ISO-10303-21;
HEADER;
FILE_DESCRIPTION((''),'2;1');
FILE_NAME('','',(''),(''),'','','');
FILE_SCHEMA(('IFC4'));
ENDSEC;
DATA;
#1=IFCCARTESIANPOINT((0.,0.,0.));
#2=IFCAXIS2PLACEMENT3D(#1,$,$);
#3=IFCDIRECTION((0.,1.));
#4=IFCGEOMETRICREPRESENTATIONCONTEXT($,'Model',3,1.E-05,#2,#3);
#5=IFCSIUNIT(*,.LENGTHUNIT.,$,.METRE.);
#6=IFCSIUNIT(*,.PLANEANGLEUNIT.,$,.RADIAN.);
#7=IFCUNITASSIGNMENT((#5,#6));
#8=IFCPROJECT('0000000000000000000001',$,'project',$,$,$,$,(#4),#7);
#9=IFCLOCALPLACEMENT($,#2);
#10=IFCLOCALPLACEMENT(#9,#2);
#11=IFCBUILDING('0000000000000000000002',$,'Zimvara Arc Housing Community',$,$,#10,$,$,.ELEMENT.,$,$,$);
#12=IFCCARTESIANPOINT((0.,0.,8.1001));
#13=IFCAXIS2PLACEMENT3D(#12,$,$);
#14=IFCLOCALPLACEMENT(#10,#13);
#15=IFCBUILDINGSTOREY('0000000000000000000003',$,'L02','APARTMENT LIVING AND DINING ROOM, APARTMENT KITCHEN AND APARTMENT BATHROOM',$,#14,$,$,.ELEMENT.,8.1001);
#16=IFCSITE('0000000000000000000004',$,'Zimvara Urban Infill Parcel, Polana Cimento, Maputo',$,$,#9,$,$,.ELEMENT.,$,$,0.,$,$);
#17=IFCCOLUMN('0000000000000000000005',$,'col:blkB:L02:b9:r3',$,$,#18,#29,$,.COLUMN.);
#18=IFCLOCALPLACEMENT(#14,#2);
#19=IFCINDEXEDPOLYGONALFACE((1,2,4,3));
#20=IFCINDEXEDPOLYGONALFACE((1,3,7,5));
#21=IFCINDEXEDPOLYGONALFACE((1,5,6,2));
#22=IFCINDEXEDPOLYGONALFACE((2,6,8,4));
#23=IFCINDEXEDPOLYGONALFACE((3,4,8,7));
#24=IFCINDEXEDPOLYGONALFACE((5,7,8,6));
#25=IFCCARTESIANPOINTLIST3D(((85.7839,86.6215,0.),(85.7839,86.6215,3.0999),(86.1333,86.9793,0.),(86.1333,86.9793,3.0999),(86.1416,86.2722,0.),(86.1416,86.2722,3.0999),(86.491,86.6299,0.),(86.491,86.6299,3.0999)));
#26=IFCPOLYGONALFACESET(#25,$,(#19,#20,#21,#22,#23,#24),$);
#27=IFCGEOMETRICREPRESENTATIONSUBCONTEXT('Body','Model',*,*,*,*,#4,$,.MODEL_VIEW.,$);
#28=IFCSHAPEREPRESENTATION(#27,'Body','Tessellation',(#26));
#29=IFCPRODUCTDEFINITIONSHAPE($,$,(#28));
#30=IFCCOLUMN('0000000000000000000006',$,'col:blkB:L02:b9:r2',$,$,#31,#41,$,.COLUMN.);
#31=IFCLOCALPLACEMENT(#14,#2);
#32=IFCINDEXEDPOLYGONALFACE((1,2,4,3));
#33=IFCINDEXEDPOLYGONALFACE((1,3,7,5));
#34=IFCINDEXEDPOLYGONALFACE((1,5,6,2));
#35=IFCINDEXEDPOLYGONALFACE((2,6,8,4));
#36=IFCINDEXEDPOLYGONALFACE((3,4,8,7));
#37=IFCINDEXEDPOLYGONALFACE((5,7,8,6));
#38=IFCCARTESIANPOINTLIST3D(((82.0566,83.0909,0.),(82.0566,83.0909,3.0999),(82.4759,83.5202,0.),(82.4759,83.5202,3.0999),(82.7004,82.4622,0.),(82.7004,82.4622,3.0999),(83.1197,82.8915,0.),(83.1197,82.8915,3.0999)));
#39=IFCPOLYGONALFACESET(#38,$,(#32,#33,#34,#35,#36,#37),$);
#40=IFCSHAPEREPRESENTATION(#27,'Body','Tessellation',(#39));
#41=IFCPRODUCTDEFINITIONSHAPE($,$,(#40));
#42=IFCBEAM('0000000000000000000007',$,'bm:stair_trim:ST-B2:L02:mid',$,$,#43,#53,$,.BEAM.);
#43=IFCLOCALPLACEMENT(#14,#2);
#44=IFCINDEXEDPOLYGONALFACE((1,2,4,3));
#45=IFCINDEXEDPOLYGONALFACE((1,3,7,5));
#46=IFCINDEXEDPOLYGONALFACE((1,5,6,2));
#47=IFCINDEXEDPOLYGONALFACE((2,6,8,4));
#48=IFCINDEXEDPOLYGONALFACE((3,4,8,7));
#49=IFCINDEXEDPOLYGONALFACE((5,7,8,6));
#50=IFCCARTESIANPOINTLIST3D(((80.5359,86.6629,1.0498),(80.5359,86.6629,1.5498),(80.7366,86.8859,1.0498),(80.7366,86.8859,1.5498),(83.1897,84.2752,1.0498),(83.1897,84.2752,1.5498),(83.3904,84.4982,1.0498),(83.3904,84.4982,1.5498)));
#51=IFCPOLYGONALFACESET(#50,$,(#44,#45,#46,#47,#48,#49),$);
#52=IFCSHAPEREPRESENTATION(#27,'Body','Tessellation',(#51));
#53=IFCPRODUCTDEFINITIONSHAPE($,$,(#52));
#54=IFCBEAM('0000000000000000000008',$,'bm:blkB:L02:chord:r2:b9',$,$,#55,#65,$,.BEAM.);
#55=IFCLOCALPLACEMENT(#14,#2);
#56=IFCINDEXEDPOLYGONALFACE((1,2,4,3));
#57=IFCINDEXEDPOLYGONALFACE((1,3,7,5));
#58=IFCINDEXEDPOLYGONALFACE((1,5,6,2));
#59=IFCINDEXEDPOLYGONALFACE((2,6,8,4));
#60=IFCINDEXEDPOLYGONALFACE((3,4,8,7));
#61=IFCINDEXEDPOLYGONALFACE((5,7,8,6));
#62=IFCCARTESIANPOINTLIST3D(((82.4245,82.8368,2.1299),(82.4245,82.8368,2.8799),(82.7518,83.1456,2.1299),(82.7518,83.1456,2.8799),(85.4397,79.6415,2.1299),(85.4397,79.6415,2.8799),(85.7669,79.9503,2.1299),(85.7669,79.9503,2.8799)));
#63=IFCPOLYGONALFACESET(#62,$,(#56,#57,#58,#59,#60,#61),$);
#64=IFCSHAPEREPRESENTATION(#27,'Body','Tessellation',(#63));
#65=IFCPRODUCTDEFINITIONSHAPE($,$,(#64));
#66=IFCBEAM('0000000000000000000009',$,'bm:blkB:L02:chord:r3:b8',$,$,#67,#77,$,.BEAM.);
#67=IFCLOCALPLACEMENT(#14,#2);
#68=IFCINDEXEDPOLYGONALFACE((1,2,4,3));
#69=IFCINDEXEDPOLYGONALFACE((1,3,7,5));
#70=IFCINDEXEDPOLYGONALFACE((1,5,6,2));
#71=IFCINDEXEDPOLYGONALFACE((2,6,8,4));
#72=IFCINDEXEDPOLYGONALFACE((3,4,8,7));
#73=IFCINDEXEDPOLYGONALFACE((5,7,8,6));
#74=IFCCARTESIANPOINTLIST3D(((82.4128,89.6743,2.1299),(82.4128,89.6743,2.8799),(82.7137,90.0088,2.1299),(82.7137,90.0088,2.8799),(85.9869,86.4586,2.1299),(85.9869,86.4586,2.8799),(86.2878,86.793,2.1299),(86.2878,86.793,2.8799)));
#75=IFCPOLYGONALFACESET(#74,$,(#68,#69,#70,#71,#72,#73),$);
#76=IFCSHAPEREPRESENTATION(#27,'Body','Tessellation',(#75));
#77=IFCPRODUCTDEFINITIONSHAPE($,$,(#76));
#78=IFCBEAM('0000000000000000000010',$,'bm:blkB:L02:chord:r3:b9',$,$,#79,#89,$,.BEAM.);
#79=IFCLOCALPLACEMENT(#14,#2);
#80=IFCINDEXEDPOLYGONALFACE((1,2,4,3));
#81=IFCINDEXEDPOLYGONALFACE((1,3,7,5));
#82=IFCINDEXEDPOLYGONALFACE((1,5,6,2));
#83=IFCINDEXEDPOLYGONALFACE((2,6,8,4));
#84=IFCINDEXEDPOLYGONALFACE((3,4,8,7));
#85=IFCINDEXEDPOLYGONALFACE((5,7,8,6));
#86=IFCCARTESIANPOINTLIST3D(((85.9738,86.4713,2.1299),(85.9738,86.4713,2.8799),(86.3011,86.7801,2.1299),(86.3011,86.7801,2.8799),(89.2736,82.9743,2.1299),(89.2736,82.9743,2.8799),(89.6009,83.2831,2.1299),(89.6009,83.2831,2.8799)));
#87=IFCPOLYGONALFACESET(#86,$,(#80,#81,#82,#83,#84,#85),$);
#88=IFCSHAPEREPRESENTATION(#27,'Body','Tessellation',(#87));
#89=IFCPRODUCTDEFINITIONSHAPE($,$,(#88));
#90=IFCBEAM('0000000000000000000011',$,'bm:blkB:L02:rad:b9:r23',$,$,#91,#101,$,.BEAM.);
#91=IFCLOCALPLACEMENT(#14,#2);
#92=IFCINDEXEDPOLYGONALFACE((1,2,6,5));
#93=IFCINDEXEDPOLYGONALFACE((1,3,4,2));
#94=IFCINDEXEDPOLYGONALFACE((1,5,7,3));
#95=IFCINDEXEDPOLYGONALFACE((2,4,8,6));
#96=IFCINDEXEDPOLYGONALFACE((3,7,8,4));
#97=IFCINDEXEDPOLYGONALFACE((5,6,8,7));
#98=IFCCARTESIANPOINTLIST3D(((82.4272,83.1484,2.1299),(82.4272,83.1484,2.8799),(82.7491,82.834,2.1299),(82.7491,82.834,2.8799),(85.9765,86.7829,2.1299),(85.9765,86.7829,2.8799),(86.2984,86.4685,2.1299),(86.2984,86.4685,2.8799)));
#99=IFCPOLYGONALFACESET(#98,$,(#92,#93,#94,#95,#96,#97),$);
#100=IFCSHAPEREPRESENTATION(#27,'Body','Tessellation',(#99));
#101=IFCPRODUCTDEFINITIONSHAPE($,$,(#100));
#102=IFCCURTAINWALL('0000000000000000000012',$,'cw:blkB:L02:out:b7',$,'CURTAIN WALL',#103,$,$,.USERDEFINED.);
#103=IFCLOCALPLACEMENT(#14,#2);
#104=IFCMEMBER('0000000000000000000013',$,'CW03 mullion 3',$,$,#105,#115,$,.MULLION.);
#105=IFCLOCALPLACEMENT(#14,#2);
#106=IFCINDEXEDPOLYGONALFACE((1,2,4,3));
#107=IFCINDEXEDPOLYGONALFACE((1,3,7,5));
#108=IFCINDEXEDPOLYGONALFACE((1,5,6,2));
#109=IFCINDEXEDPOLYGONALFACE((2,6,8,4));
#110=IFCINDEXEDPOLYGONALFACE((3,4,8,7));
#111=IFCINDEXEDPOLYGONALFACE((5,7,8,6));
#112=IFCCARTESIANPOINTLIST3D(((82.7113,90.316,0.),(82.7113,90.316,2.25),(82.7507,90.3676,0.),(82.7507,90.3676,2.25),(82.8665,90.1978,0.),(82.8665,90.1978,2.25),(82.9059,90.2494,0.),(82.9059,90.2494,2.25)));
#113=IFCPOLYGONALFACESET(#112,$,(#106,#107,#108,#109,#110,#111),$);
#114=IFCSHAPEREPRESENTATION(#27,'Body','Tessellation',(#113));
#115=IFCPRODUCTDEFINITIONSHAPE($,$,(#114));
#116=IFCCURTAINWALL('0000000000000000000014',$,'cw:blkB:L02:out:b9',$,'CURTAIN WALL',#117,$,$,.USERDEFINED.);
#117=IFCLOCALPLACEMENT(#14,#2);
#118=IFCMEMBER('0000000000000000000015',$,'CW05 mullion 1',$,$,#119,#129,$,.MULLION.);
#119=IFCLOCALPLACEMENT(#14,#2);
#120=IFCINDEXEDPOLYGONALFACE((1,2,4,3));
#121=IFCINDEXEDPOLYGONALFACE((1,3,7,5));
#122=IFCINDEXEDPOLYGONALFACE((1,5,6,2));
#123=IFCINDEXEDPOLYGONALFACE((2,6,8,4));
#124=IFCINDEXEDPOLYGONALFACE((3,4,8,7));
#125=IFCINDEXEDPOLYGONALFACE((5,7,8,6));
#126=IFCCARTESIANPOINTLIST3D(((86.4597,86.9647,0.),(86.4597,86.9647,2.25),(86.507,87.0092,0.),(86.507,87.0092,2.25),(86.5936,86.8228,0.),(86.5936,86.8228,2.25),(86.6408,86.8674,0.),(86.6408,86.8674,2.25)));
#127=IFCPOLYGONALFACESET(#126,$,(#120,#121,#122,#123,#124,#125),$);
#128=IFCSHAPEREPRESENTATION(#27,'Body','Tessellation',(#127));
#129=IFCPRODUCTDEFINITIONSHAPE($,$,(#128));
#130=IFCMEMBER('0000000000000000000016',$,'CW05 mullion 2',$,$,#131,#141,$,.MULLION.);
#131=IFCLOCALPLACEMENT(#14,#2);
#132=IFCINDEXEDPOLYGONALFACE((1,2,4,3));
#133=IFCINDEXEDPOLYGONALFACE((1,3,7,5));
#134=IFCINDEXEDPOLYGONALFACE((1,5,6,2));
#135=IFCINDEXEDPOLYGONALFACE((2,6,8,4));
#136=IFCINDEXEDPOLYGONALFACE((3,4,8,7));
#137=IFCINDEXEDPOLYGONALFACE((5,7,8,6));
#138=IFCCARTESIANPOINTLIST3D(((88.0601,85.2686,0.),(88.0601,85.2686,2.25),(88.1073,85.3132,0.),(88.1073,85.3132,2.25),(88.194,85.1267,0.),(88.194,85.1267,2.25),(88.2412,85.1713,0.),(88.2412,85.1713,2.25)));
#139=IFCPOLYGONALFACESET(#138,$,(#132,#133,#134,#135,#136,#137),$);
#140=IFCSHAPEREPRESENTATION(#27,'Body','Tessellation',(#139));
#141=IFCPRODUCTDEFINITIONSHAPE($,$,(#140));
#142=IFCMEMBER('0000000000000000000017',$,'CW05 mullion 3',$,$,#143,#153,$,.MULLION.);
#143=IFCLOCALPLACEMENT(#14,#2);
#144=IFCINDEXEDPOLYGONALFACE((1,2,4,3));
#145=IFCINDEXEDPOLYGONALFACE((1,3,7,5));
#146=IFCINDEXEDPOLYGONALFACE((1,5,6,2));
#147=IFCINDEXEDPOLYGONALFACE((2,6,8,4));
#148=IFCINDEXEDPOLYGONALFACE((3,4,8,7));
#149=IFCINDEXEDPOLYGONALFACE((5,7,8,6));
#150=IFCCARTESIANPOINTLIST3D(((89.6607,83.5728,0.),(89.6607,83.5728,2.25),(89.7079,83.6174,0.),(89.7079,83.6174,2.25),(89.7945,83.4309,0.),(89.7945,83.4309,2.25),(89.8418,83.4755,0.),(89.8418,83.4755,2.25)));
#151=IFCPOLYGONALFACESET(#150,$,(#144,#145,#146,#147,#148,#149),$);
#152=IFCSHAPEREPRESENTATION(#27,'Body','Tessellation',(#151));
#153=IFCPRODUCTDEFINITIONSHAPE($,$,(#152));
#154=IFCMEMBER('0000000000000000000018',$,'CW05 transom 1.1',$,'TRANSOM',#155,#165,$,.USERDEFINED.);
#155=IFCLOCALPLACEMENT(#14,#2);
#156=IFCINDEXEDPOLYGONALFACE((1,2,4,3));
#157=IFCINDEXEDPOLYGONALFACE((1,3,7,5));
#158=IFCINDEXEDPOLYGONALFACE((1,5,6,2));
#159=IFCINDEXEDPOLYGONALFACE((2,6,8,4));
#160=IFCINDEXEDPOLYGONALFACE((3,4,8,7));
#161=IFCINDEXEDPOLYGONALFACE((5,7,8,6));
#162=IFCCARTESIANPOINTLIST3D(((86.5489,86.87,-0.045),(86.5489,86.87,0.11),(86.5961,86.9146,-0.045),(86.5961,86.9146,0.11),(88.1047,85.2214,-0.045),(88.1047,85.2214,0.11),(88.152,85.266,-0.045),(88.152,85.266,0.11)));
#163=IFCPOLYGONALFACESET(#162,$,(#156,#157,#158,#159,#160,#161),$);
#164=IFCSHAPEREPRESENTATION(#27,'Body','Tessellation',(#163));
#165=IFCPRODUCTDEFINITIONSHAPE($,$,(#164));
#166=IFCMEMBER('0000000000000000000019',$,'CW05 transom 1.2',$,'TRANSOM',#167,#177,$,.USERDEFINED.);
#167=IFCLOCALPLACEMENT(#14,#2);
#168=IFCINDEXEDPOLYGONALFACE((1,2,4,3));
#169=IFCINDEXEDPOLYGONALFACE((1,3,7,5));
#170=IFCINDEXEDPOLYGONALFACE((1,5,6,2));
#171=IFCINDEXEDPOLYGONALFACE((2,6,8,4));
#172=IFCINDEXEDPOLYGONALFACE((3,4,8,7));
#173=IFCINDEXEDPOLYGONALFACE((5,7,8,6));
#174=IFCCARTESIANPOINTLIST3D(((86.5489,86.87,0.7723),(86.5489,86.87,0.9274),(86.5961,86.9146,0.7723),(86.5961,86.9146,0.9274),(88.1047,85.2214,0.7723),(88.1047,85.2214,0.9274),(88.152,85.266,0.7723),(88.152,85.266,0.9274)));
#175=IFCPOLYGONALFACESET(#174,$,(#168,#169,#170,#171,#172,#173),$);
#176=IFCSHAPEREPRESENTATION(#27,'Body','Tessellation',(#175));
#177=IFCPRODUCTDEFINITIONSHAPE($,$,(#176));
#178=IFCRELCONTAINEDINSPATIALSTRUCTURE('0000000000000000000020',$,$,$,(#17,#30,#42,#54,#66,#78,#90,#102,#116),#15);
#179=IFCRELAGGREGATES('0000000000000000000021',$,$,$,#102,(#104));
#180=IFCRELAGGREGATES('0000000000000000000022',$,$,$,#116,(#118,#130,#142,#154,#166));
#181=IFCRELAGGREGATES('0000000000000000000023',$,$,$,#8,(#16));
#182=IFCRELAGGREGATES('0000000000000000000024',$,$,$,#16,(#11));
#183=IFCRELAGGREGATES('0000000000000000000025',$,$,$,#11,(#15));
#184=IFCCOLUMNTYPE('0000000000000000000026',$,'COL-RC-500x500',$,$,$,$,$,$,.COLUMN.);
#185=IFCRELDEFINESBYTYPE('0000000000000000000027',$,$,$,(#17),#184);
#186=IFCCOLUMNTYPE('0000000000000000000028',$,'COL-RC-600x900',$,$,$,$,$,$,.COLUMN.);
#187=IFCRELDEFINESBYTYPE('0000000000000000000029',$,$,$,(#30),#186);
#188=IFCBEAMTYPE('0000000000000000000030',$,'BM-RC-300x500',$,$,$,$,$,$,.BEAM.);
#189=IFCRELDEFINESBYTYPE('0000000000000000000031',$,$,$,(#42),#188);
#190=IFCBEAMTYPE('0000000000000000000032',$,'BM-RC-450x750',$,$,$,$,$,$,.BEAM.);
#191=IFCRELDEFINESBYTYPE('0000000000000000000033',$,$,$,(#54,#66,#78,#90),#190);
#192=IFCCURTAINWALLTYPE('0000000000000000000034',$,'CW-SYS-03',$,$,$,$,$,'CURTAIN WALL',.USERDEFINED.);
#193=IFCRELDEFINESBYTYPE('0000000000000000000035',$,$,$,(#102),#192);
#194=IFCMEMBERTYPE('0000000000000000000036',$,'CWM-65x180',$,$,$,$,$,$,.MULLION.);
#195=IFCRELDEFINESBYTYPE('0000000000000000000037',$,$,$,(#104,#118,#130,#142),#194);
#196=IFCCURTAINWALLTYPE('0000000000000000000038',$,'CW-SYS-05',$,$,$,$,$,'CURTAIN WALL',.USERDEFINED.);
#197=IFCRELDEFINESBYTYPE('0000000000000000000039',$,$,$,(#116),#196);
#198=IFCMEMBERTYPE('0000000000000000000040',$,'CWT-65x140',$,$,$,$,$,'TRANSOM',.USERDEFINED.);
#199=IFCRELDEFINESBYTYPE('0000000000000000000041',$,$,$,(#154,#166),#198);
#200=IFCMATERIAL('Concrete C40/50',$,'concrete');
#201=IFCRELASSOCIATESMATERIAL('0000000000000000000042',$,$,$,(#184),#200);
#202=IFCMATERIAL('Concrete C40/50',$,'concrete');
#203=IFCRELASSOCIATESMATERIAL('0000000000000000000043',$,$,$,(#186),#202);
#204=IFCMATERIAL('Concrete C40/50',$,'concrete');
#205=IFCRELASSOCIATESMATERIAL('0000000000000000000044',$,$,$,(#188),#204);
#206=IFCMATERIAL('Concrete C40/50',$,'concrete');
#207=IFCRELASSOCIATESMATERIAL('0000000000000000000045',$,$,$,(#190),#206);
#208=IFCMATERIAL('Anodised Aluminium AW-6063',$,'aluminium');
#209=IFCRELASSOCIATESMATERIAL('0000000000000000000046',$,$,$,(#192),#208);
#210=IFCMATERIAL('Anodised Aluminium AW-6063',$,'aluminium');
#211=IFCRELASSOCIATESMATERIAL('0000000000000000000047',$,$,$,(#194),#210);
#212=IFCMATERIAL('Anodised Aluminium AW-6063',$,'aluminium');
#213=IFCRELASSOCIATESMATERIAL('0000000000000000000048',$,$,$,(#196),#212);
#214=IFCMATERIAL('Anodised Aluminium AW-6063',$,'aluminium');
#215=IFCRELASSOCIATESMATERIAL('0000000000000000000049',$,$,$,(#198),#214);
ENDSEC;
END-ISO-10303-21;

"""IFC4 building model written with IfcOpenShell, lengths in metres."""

from ifc_helpers import new_model, si_unit, direction, frame, origin, origin_2d, place, context, subcontext, project, spatial, rectangle, extrude, material, material_profile, profile_set, type_object, element, aggregate, save


model = new_model("IFC4")

# Units and contexts
model_context = context("Model", 3, precision=1e-05, world=origin(), true_north=direction((0.0, 1.0)))
body_context = subcontext(model_context, "Body", "Model", "MODEL_VIEW")
ifc_project = project(units=[si_unit("LENGTHUNIT", "METRE"), si_unit("PLANEANGLEUNIT", "RADIAN")], contexts=[model_context])

# Site, building, storey
site_placement = place(None, origin())
site = spatial("IfcSite", under=ifc_project, at=site_placement, Name="Zimvara Urban Infill Parcel, Polana Cimento, Maputo", CompositionType="ELEMENT", RefElevation=0.0)
building_placement = place(site_placement, origin())
building = spatial("IfcBuilding", under=site, at=building_placement, Name="Zimvara Arc Housing Community", CompositionType="ELEMENT")
storey_placement = place(building_placement, frame((0.0, 0.0, 8.1001)))
storey = spatial("IfcBuildingStorey", under=building, at=storey_placement, Name="L02", Description="APARTMENT LIVING AND DINING ROOM, APARTMENT KITCHEN AND APARTMENT BATHROOM", CompositionType="ELEMENT", Elevation=8.1001)

# Columns
ifc_material_1 = material(Name="Concrete C40/50", Category="concrete")
ifc_material_profile_1 = material_profile(ifc_material_1, rectangle(XDim=0.5, YDim=0.5, at=origin_2d()), Name="RC 500x500")
ifc_profile_set_1 = profile_set([ifc_material_profile_1], Name="Concrete C40/50")
column_type_1 = type_object("IfcColumnType", Name="COL-RC-500x500", PredefinedType="COLUMN", material=ifc_profile_set_1)
column_1_placement = place(storey_placement, frame((86.1375, 86.6257, 0.0), z_axis=(0.0, 0.0, 1.0), x_axis=(0.698665, 0.715449, 0.0)))
element("IfcColumn", 1, at=column_1_placement, inside=storey, type_object=column_type_1, Name="col:blkB:L02:b9:r3", PredefinedType="COLUMN", context=body_context, shape_type="SweptSolid", body=[
    extrude(rectangle(XDim=0.5, YDim=0.5, at=origin_2d()), origin(), (0.0, 0.0, 1.0), 3.0999),
])
ifc_material_2 = material(Name="Concrete C40/50", Category="concrete")
ifc_material_profile_2 = material_profile(ifc_material_2, rectangle(XDim=0.6001, YDim=0.8999, at=origin_2d()), Name="RC 600x900")
ifc_profile_set_2 = profile_set([ifc_material_profile_2], Name="Concrete C40/50")
column_type_2 = type_object("IfcColumnType", Name="COL-RC-600x900", PredefinedType="COLUMN", material=ifc_profile_set_2)
column_2_placement = place(storey_placement, frame((82.5881, 82.9912, 0.0), z_axis=(0.0, 0.0, 1.0), x_axis=(0.698665, 0.715449, 0.0)))
element("IfcColumn", 2, at=column_2_placement, inside=storey, type_object=column_type_2, Name="col:blkB:L02:b9:r2", PredefinedType="COLUMN", context=body_context, shape_type="SweptSolid", body=[
    extrude(rectangle(XDim=0.6001, YDim=0.8999, at=origin_2d()), origin(), (0.0, 0.0, 1.0), 3.0999),
])

# Beams
ifc_material_3 = material(Name="Concrete C40/50", Category="concrete")
ifc_material_profile_3 = material_profile(ifc_material_3, rectangle(XDim=0.3, YDim=0.5, at=origin_2d()), Name="RC 300x500")
ifc_profile_set_3 = profile_set([ifc_material_profile_3], Name="Concrete C40/50")
beam_type_1 = type_object("IfcBeamType", Name="BM-RC-300x500", PredefinedType="BEAM", material=ifc_profile_set_3)
beam_1_placement = place(storey_placement, frame((83.29, 84.3867, 1.2998), z_axis=(-0.743396, 0.668851, 0.0), x_axis=(-0.668851, -0.743396, 0.0)))
element("IfcBeam", 3, at=beam_1_placement, inside=storey, type_object=beam_type_1, Name="bm:stair_trim:ST-B2:L02:mid", PredefinedType="BEAM", context=body_context, shape_type="SweptSolid", body=[
    extrude(rectangle(XDim=0.3, YDim=0.5, at=origin_2d()), origin(), (0.0, 0.0, 1.0), 3.5698),
])
ifc_material_4 = material(Name="Concrete C40/50", Category="concrete")
ifc_material_profile_4 = material_profile(ifc_material_4, rectangle(XDim=0.45, YDim=0.75, at=origin_2d()), Name="RC 450x750")
ifc_profile_set_4 = profile_set([ifc_material_profile_4], Name="Concrete C40/50")
beam_type_2 = type_object("IfcBeamType", Name="BM-RC-450x750", PredefinedType="BEAM", material=ifc_profile_set_4)
beam_2_placement = place(storey_placement, frame((82.5881, 82.9912, 2.5049), z_axis=(0.686304, -0.727315, 0.0), x_axis=(0.727315, 0.686304, 0.0)))
element("IfcBeam", 4, at=beam_2_placement, inside=storey, type_object=beam_type_2, Name="bm:blkB:L02:chord:r2:b9", PredefinedType="BEAM", context=body_context, shape_type="SweptSolid", body=[
    extrude(rectangle(XDim=0.45, YDim=0.75, at=origin_2d()), origin(), (0.0, 0.0, 1.0), 4.3933),
])
beam_3_placement = place(storey_placement, frame((82.5632, 89.8416, 2.5049), z_axis=(0.743395, -0.668853, 0.0), x_axis=(0.668853, 0.743395, 0.0)))
element("IfcBeam", 5, at=beam_3_placement, inside=storey, type_object=beam_type_2, Name="bm:blkB:L02:chord:r3:b8", PredefinedType="BEAM", context=body_context, shape_type="SweptSolid", body=[
    extrude(rectangle(XDim=0.45, YDim=0.75, at=origin_2d()), origin(), (0.0, 0.0, 1.0), 4.8079),
])
beam_4_placement = place(storey_placement, frame((86.1375, 86.6257, 2.5049), z_axis=(0.686295, -0.727323, 0.0), x_axis=(0.727323, 0.686295, 0.0)))
element("IfcBeam", 6, at=beam_4_placement, inside=storey, type_object=beam_type_2, Name="bm:blkB:L02:chord:r3:b9", PredefinedType="BEAM", context=body_context, shape_type="SweptSolid", body=[
    extrude(rectangle(XDim=0.45, YDim=0.75, at=origin_2d()), origin(), (0.0, 0.0, 1.0), 4.8081),
])
beam_5_placement = place(storey_placement, frame((82.5881, 82.9912, 2.5049), z_axis=(0.698671, 0.715443, 0.0), x_axis=(-0.715443, 0.698671, 0.0)))
element("IfcBeam", 7, at=beam_5_placement, inside=storey, type_object=beam_type_2, Name="bm:blkB:L02:rad:b9:r23", PredefinedType="BEAM", context=body_context, shape_type="SweptSolid", body=[
    extrude(rectangle(XDim=0.45, YDim=0.75, at=origin_2d()), origin(), (0.0, 0.0, 1.0), 5.0801),
])

# Curtain wall, member
ifc_material_5 = material(Name="Anodised Aluminium AW-6063", Category="aluminium")
curtain_wall_type_1 = type_object("IfcCurtainWallType", Name="CW-SYS-03", ElementType="CURTAIN WALL", PredefinedType="USERDEFINED", material=ifc_material_5)
curtain_wall_1_placement = place(storey_placement, origin())
curtain_wall_1 = element("IfcCurtainWall", 8, at=curtain_wall_1_placement, inside=storey, type_object=curtain_wall_type_1, Name="cw:blkB:L02:out:b7", ObjectType="CURTAIN WALL", PredefinedType="USERDEFINED")
ifc_material_6 = material(Name="Anodised Aluminium AW-6063", Category="aluminium")
ifc_material_profile_5 = material_profile(ifc_material_6, rectangle(XDim=0.0649, YDim=0.1951, at=origin_2d()), Name="ALU 65x195")
ifc_profile_set_5 = profile_set([ifc_material_profile_5], Name="Anodised Aluminium AW-6063")
member_type_1 = type_object("IfcMemberType", Name="CWM-65x180", PredefinedType="MULLION", material=ifc_profile_set_5)
member_1_placement = place(storey_placement, frame((82.8086, 90.2827, 0.0), z_axis=(0.0, 0.0, 1.0), x_axis=(0.605988, 0.795474, 0.0)))
member_1 = element("IfcMember", 9, at=member_1_placement, type_object=member_type_1, Name="CW03 mullion 3", PredefinedType="MULLION", context=body_context, shape_type="SweptSolid", body=[
    extrude(rectangle(XDim=0.0649, YDim=0.1951, at=origin_2d()), origin(), (0.0, 0.0, 1.0), 2.25),
])
aggregate(curtain_wall_1, [member_1])

# Curtain wall, members
ifc_material_7 = material(Name="Anodised Aluminium AW-6063", Category="aluminium")
curtain_wall_type_2 = type_object("IfcCurtainWallType", Name="CW-SYS-05", ElementType="CURTAIN WALL", PredefinedType="USERDEFINED", material=ifc_material_7)
curtain_wall_2_placement = place(storey_placement, origin())
curtain_wall_2 = element("IfcCurtainWall", 10, at=curtain_wall_2_placement, inside=storey, type_object=curtain_wall_type_2, Name="cw:blkB:L02:out:b9", ObjectType="CURTAIN WALL", PredefinedType="USERDEFINED")
member_2_placement = place(storey_placement, frame((86.5503, 86.916, 0.0), z_axis=(0.0, 0.0, 1.0), x_axis=(0.727294, 0.686326, 0.0)))
member_2 = element("IfcMember", 11, at=member_2_placement, type_object=member_type_1, Name="CW05 mullion 1", PredefinedType="MULLION", context=body_context, shape_type="SweptSolid", body=[
    extrude(rectangle(XDim=0.0649, YDim=0.1951, at=origin_2d()), origin(), (0.0, 0.0, 1.0), 2.25),
])
member_3_placement = place(storey_placement, frame((88.1506, 85.22, 0.0), z_axis=(0.0, 0.0, 1.0), x_axis=(0.727294, 0.686326, 0.0)))
member_3 = element("IfcMember", 12, at=member_3_placement, type_object=member_type_1, Name="CW05 mullion 2", PredefinedType="MULLION", context=body_context, shape_type="SweptSolid", body=[
    extrude(rectangle(XDim=0.0649, YDim=0.1951, at=origin_2d()), origin(), (0.0, 0.0, 1.0), 2.25),
])
member_4_placement = place(storey_placement, frame((89.7512, 83.5242, 0.0), z_axis=(0.0, 0.0, 1.0), x_axis=(0.727294, 0.686326, 0.0)))
member_4 = element("IfcMember", 13, at=member_4_placement, type_object=member_type_1, Name="CW05 mullion 3", PredefinedType="MULLION", context=body_context, shape_type="SweptSolid", body=[
    extrude(rectangle(XDim=0.0649, YDim=0.1951, at=origin_2d()), origin(), (0.0, 0.0, 1.0), 2.25),
])
ifc_material_8 = material(Name="Anodised Aluminium AW-6063", Category="aluminium")
ifc_material_profile_6 = material_profile(ifc_material_8, rectangle(XDim=0.0649, YDim=0.155, at=origin_2d()), Name="ALU 65x155")
ifc_profile_set_6 = profile_set([ifc_material_profile_6], Name="Anodised Aluminium AW-6063")
member_type_2 = type_object("IfcMemberType", Name="CWT-65x140", ElementType="TRANSOM", PredefinedType="USERDEFINED", material=ifc_profile_set_6)
member_5_placement = place(storey_placement, frame((86.5725, 86.8923, 0.0325), z_axis=(0.686348, -0.727273, 0.0), x_axis=(0.727273, 0.686348, 0.0)))
member_5 = element("IfcMember", 14, at=member_5_placement, type_object=member_type_2, Name="CW05 transom 1.1", ObjectType="TRANSOM", PredefinedType="USERDEFINED", context=body_context, shape_type="SweptSolid", body=[
    extrude(rectangle(XDim=0.0649, YDim=0.155, at=origin_2d()), origin(), (0.0, 0.0, 1.0), 2.2668),
])
member_6_placement = place(storey_placement, frame((86.5725, 86.8923, 0.8499), z_axis=(0.686348, -0.727273, 0.0), x_axis=(0.727273, 0.686348, 0.0)))
member_6 = element("IfcMember", 15, at=member_6_placement, type_object=member_type_2, Name="CW05 transom 1.2", ObjectType="TRANSOM", PredefinedType="USERDEFINED", context=body_context, shape_type="SweptSolid", body=[
    extrude(rectangle(XDim=0.0649, YDim=0.155, at=origin_2d()), origin(), (0.0, 0.0, 1.0), 2.2668),
])
aggregate(curtain_wall_2, [member_2, member_3, member_4, member_5, member_6])

save(model, "model.ifc")
